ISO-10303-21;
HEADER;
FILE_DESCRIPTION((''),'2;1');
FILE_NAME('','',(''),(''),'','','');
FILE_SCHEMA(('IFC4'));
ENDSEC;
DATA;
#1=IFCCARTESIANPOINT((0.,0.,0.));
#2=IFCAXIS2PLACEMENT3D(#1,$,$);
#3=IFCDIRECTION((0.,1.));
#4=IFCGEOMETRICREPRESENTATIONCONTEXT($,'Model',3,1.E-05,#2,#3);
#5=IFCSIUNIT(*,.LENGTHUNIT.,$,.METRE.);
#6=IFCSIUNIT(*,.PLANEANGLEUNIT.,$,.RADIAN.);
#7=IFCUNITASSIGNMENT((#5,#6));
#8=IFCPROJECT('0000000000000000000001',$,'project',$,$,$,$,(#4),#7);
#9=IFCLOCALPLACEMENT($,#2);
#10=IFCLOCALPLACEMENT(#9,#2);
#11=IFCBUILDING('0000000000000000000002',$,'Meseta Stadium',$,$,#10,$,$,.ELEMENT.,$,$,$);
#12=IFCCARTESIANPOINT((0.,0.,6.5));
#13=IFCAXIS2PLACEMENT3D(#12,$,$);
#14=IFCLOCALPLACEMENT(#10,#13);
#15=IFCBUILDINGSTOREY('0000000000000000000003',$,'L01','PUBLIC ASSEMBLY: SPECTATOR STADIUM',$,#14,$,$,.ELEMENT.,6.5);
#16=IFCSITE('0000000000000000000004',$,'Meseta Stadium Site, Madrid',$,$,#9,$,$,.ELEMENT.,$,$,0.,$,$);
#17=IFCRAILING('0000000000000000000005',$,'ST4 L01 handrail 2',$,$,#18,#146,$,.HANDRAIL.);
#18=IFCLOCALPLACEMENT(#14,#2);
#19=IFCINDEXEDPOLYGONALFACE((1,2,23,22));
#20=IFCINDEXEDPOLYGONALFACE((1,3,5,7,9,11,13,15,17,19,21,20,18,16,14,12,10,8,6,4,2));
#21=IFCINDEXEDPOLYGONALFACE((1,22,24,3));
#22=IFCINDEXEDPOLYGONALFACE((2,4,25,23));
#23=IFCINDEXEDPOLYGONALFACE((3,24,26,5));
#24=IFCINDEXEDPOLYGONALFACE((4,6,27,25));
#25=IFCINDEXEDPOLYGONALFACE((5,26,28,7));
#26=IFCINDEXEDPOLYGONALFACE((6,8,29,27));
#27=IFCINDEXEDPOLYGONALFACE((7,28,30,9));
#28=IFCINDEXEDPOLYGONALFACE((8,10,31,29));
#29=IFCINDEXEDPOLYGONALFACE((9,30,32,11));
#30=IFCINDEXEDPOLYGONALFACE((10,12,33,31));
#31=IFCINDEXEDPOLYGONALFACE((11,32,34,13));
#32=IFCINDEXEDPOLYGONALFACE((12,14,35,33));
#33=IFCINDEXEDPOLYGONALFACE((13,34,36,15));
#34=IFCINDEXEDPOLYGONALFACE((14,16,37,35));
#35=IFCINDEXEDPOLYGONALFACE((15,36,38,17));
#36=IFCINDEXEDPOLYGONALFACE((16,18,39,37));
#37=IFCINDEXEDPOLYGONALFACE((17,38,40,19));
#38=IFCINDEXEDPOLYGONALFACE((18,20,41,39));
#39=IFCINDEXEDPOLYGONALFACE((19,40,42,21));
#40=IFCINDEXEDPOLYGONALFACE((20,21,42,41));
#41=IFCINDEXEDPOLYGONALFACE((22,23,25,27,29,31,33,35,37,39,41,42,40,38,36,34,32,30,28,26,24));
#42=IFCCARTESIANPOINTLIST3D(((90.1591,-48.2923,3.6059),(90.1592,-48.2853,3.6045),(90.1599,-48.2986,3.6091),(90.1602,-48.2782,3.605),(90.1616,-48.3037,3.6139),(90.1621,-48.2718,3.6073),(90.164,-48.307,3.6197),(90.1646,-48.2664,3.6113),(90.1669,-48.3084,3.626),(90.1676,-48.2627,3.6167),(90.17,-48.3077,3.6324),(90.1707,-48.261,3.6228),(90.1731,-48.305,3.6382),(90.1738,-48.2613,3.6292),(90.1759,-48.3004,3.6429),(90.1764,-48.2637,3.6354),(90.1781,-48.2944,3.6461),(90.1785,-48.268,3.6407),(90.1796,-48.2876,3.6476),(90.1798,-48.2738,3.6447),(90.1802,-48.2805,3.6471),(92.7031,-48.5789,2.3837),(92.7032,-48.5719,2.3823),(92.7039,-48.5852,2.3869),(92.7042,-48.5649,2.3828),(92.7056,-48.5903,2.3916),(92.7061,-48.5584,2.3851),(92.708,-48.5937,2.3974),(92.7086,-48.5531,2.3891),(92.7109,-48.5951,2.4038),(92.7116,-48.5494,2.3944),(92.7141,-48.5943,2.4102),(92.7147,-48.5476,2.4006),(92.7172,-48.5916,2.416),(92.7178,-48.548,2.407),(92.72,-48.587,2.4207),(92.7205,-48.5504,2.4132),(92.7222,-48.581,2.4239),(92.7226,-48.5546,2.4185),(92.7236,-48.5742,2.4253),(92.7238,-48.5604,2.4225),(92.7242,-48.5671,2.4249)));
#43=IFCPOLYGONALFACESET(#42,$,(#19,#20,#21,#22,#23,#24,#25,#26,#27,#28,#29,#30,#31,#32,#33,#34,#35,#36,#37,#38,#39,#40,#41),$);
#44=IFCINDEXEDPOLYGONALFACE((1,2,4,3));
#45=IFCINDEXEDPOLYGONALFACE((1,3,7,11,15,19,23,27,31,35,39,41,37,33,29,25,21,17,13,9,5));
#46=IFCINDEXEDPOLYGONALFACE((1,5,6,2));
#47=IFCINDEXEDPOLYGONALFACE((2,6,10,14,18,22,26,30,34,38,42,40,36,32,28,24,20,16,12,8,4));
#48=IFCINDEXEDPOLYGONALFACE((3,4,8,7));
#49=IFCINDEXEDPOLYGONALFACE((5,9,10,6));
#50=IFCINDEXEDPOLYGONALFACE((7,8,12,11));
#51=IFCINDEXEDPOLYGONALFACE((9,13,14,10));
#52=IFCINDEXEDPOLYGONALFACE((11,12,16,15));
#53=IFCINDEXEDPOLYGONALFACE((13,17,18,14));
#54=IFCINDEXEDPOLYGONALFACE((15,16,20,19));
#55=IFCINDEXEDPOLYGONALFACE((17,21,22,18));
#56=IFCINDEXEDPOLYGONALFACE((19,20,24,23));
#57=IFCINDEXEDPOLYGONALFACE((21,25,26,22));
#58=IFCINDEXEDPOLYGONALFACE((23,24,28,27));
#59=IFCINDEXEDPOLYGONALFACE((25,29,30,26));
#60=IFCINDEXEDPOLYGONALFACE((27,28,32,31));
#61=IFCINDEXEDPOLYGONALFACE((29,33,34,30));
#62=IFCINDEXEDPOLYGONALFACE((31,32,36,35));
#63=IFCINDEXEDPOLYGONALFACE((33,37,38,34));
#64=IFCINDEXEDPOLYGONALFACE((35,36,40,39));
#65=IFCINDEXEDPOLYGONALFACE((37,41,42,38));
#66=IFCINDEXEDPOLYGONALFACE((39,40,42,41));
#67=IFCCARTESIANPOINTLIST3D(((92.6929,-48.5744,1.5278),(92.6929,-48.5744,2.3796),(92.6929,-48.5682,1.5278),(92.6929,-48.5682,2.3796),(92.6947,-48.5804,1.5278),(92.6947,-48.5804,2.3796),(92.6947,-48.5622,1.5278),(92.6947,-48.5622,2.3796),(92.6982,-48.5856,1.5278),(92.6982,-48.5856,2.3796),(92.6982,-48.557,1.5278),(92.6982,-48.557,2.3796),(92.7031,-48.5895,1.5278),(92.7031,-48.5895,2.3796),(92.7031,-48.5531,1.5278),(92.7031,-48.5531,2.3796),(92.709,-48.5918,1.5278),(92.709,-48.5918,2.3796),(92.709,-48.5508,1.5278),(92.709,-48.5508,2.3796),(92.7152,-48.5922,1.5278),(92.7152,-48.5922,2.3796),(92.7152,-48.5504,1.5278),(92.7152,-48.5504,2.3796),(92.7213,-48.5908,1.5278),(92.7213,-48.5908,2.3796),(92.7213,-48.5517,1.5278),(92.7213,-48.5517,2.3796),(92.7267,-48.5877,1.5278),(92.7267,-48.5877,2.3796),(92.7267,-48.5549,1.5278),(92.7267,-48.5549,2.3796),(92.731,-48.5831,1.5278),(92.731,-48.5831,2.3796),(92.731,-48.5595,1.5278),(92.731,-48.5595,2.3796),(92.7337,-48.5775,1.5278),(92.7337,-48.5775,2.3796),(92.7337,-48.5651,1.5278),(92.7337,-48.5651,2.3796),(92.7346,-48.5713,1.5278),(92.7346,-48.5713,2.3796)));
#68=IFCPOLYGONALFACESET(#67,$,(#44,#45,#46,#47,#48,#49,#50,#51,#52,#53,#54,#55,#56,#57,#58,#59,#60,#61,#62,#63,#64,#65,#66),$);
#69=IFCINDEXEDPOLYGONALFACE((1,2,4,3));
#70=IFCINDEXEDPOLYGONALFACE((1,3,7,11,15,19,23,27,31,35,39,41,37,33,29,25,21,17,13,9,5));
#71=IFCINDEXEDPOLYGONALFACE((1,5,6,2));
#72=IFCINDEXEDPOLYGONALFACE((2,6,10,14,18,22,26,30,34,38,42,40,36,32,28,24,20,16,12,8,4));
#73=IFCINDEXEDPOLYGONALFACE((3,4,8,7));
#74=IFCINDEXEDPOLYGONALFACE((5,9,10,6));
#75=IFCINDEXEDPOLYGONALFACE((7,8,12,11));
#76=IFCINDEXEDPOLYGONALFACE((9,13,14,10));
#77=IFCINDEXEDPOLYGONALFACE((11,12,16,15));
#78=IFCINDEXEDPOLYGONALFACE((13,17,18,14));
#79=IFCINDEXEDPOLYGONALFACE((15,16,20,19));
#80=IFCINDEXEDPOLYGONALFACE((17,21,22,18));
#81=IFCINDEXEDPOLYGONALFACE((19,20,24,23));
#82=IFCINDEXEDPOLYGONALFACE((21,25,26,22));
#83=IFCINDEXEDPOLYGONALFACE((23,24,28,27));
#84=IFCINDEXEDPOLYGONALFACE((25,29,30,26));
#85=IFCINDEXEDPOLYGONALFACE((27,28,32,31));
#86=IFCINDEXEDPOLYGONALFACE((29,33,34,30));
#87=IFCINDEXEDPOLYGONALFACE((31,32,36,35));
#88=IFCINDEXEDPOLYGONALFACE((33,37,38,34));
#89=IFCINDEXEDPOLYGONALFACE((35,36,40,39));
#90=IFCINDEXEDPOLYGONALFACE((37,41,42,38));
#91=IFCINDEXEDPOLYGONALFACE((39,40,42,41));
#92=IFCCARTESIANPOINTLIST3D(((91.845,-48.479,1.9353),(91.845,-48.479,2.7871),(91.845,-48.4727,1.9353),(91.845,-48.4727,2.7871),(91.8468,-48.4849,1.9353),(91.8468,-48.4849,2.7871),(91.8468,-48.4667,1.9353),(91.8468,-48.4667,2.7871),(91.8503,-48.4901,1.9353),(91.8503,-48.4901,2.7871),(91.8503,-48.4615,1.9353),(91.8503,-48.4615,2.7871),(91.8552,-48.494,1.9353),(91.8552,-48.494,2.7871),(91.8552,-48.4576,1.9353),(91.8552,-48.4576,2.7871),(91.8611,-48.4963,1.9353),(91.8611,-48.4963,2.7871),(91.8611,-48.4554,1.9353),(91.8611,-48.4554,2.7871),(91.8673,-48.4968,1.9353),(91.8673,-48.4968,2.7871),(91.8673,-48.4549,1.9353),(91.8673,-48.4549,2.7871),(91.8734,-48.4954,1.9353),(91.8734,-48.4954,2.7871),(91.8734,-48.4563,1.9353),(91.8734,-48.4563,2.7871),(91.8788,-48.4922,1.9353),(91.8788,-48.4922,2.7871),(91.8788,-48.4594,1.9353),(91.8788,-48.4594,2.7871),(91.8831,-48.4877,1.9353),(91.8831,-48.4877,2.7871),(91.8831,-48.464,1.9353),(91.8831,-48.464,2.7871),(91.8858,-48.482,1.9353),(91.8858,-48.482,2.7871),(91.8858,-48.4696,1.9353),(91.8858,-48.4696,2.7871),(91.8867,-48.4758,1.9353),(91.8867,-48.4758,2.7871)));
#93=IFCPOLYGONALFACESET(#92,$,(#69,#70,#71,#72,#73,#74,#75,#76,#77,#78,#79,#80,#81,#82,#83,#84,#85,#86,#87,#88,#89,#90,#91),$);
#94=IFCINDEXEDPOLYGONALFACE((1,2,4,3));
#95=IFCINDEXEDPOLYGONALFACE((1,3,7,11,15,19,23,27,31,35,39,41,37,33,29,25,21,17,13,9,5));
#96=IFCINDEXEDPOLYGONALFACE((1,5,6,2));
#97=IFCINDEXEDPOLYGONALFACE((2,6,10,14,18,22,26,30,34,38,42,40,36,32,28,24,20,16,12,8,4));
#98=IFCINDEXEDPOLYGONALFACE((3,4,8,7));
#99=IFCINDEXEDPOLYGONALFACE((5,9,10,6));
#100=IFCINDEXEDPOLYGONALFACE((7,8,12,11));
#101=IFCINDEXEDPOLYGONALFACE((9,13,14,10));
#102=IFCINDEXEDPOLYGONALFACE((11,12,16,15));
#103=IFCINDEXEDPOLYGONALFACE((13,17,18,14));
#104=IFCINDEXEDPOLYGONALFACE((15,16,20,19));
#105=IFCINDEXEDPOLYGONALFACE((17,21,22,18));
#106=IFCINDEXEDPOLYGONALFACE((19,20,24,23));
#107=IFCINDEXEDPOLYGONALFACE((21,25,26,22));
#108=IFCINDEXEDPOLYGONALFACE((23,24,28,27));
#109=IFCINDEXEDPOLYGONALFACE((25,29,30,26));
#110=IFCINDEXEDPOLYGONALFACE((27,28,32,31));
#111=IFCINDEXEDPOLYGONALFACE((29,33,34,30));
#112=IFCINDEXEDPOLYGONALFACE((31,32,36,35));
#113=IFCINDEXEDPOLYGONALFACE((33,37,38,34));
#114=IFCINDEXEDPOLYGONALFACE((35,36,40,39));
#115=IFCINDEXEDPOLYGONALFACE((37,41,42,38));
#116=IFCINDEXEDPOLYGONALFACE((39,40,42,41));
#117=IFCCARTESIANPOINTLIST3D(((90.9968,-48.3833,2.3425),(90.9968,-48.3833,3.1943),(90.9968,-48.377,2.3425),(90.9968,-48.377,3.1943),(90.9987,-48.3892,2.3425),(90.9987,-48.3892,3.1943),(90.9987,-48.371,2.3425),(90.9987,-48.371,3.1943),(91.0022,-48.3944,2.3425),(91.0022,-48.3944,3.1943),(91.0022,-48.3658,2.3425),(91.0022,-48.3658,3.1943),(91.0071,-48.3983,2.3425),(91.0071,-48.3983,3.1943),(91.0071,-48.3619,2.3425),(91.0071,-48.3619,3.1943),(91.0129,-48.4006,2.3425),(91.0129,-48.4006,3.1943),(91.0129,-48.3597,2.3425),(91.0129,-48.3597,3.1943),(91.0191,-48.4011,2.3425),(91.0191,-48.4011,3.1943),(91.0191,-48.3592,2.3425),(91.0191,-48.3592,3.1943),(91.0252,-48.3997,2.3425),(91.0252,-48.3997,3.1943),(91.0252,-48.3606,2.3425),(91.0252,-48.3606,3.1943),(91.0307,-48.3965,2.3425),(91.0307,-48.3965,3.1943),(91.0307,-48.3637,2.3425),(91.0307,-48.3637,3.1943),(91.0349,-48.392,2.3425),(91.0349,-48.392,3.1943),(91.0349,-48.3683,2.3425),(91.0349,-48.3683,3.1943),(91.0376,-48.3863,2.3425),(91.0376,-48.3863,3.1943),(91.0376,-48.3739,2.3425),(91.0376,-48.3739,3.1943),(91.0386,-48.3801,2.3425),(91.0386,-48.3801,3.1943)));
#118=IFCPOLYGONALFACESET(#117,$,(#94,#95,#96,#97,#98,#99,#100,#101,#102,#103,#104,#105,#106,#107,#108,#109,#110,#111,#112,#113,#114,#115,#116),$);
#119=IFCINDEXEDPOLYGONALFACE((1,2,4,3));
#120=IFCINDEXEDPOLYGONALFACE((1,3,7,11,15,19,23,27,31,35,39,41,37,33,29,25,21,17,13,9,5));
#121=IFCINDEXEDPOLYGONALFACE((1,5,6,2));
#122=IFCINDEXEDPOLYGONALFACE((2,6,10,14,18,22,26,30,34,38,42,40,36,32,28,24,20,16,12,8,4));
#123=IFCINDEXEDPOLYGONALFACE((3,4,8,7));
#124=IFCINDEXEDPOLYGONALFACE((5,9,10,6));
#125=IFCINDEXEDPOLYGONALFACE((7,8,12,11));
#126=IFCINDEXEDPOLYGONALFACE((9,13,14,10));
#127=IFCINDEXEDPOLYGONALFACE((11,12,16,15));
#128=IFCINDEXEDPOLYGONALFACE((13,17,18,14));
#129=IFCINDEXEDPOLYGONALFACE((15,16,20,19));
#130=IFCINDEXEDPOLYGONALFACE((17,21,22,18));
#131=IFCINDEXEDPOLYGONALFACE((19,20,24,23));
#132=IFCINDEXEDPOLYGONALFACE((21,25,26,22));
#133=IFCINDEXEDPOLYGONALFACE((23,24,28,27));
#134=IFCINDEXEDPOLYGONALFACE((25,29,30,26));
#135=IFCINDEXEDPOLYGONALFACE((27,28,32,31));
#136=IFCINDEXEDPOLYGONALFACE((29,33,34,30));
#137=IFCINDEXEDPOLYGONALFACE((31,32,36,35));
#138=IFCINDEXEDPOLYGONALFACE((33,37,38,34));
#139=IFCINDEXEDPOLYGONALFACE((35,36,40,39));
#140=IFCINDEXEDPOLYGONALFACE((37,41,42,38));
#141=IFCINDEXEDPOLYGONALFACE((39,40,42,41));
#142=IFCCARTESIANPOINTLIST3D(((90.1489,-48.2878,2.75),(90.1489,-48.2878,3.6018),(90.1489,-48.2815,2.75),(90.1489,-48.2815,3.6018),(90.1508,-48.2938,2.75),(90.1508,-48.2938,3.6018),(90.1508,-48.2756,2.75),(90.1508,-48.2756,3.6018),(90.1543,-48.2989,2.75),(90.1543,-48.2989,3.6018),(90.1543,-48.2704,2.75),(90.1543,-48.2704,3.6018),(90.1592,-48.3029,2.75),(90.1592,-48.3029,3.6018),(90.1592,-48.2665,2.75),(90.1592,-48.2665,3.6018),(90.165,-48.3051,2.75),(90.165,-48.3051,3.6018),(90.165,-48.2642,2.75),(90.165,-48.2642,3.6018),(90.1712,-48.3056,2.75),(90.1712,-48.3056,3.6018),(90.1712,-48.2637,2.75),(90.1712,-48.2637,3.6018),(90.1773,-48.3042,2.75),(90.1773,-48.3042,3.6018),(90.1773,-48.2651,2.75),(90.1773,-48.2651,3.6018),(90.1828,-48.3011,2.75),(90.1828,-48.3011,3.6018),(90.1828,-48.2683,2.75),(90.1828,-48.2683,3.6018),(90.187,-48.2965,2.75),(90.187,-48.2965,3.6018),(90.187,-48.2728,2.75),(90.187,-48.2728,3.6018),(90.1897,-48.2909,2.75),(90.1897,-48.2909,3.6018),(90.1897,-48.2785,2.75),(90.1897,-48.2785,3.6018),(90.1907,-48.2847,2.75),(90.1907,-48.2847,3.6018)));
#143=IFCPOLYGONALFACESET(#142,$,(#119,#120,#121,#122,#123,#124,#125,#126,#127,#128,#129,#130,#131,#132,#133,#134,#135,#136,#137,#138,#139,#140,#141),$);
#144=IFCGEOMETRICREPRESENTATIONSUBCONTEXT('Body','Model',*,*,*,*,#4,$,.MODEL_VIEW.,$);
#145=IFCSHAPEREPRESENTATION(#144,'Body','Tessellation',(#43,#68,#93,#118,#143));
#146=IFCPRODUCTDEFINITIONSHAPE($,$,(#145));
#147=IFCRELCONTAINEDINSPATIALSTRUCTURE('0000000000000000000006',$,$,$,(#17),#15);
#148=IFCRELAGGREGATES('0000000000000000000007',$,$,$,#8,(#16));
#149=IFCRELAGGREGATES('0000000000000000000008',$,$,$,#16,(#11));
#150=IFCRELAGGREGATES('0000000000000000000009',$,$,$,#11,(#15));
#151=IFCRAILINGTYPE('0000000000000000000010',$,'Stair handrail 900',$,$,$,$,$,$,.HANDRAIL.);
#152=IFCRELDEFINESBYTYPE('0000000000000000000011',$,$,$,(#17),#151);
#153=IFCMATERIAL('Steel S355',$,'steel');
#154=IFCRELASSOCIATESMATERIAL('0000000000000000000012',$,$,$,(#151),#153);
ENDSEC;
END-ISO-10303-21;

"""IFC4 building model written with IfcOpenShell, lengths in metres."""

from ifc_helpers import new_model, si_unit, direction, frame, origin, origin_2d, place, context, subcontext, project, spatial, circle, extrude, material, type_object, element, save


model = new_model("IFC4")

# Units and contexts
model_context = context("Model", 3, precision=1e-05, world=origin(), true_north=direction((0.0, 1.0)))
body_context = subcontext(model_context, "Body", "Model", "MODEL_VIEW")
ifc_project = project(units=[si_unit("LENGTHUNIT", "METRE"), si_unit("PLANEANGLEUNIT", "RADIAN")], contexts=[model_context])

# Site, building, storey
site_placement = place(None, origin())
site = spatial("IfcSite", under=ifc_project, at=site_placement, Name="Meseta Stadium Site, Madrid", CompositionType="ELEMENT", RefElevation=0.0)
building_placement = place(site_placement, origin())
building = spatial("IfcBuilding", under=site, at=building_placement, Name="Meseta Stadium", CompositionType="ELEMENT")
storey_placement = place(building_placement, frame((0.0, 0.0, 6.5)))
storey = spatial("IfcBuildingStorey", under=building, at=storey_placement, Name="L01", Description="PUBLIC ASSEMBLY: SPECTATOR STADIUM", CompositionType="ELEMENT", Elevation=6.5)

# Railing
ifc_material_1 = material(Name="Steel S355", Category="steel")
railing_type_1 = type_object("IfcRailingType", Name="Stair handrail 900", PredefinedType="HANDRAIL", material=ifc_material_1)
for number, where, name in (
    (1, (92.7136, -48.5713, 1.5278), "ST4 L01 handrail 2"),
):
    element("IfcRailing", number, at=place(storey_placement, frame(where)), inside=storey, type_object=railing_type_1, Name=name, PredefinedType="HANDRAIL", context=body_context, shape_type="SweptSolid", body=[
        extrude(circle(Radius=0.0239, at=origin_2d()), frame((0.0, 0.0, 0.876), z_axis=(-0.896762, 0.101036, 0.430824), x_axis=(-0.11196, -0.993713, 0.0)), (0.0, 0.0, 1.0), 2.8369),
        extrude(circle(Radius=0.021, at=origin_2d()), origin(), (0.0, 0.0, 1.0), 0.8518),
        extrude(circle(Radius=0.021, at=origin_2d()), frame((-0.8479, 0.0955, 0.4075)), (0.0, 0.0, 1.0), 0.8518),
        extrude(circle(Radius=0.021, at=origin_2d()), frame((-1.696, 0.1912, 0.8147)), (0.0, 0.0, 1.0), 0.8518),
        extrude(circle(Radius=0.021, at=origin_2d()), frame((-2.5439, 0.2866, 1.2222)), (0.0, 0.0, 1.0), 0.8518),
    ])

save(model, "model.ifc")
